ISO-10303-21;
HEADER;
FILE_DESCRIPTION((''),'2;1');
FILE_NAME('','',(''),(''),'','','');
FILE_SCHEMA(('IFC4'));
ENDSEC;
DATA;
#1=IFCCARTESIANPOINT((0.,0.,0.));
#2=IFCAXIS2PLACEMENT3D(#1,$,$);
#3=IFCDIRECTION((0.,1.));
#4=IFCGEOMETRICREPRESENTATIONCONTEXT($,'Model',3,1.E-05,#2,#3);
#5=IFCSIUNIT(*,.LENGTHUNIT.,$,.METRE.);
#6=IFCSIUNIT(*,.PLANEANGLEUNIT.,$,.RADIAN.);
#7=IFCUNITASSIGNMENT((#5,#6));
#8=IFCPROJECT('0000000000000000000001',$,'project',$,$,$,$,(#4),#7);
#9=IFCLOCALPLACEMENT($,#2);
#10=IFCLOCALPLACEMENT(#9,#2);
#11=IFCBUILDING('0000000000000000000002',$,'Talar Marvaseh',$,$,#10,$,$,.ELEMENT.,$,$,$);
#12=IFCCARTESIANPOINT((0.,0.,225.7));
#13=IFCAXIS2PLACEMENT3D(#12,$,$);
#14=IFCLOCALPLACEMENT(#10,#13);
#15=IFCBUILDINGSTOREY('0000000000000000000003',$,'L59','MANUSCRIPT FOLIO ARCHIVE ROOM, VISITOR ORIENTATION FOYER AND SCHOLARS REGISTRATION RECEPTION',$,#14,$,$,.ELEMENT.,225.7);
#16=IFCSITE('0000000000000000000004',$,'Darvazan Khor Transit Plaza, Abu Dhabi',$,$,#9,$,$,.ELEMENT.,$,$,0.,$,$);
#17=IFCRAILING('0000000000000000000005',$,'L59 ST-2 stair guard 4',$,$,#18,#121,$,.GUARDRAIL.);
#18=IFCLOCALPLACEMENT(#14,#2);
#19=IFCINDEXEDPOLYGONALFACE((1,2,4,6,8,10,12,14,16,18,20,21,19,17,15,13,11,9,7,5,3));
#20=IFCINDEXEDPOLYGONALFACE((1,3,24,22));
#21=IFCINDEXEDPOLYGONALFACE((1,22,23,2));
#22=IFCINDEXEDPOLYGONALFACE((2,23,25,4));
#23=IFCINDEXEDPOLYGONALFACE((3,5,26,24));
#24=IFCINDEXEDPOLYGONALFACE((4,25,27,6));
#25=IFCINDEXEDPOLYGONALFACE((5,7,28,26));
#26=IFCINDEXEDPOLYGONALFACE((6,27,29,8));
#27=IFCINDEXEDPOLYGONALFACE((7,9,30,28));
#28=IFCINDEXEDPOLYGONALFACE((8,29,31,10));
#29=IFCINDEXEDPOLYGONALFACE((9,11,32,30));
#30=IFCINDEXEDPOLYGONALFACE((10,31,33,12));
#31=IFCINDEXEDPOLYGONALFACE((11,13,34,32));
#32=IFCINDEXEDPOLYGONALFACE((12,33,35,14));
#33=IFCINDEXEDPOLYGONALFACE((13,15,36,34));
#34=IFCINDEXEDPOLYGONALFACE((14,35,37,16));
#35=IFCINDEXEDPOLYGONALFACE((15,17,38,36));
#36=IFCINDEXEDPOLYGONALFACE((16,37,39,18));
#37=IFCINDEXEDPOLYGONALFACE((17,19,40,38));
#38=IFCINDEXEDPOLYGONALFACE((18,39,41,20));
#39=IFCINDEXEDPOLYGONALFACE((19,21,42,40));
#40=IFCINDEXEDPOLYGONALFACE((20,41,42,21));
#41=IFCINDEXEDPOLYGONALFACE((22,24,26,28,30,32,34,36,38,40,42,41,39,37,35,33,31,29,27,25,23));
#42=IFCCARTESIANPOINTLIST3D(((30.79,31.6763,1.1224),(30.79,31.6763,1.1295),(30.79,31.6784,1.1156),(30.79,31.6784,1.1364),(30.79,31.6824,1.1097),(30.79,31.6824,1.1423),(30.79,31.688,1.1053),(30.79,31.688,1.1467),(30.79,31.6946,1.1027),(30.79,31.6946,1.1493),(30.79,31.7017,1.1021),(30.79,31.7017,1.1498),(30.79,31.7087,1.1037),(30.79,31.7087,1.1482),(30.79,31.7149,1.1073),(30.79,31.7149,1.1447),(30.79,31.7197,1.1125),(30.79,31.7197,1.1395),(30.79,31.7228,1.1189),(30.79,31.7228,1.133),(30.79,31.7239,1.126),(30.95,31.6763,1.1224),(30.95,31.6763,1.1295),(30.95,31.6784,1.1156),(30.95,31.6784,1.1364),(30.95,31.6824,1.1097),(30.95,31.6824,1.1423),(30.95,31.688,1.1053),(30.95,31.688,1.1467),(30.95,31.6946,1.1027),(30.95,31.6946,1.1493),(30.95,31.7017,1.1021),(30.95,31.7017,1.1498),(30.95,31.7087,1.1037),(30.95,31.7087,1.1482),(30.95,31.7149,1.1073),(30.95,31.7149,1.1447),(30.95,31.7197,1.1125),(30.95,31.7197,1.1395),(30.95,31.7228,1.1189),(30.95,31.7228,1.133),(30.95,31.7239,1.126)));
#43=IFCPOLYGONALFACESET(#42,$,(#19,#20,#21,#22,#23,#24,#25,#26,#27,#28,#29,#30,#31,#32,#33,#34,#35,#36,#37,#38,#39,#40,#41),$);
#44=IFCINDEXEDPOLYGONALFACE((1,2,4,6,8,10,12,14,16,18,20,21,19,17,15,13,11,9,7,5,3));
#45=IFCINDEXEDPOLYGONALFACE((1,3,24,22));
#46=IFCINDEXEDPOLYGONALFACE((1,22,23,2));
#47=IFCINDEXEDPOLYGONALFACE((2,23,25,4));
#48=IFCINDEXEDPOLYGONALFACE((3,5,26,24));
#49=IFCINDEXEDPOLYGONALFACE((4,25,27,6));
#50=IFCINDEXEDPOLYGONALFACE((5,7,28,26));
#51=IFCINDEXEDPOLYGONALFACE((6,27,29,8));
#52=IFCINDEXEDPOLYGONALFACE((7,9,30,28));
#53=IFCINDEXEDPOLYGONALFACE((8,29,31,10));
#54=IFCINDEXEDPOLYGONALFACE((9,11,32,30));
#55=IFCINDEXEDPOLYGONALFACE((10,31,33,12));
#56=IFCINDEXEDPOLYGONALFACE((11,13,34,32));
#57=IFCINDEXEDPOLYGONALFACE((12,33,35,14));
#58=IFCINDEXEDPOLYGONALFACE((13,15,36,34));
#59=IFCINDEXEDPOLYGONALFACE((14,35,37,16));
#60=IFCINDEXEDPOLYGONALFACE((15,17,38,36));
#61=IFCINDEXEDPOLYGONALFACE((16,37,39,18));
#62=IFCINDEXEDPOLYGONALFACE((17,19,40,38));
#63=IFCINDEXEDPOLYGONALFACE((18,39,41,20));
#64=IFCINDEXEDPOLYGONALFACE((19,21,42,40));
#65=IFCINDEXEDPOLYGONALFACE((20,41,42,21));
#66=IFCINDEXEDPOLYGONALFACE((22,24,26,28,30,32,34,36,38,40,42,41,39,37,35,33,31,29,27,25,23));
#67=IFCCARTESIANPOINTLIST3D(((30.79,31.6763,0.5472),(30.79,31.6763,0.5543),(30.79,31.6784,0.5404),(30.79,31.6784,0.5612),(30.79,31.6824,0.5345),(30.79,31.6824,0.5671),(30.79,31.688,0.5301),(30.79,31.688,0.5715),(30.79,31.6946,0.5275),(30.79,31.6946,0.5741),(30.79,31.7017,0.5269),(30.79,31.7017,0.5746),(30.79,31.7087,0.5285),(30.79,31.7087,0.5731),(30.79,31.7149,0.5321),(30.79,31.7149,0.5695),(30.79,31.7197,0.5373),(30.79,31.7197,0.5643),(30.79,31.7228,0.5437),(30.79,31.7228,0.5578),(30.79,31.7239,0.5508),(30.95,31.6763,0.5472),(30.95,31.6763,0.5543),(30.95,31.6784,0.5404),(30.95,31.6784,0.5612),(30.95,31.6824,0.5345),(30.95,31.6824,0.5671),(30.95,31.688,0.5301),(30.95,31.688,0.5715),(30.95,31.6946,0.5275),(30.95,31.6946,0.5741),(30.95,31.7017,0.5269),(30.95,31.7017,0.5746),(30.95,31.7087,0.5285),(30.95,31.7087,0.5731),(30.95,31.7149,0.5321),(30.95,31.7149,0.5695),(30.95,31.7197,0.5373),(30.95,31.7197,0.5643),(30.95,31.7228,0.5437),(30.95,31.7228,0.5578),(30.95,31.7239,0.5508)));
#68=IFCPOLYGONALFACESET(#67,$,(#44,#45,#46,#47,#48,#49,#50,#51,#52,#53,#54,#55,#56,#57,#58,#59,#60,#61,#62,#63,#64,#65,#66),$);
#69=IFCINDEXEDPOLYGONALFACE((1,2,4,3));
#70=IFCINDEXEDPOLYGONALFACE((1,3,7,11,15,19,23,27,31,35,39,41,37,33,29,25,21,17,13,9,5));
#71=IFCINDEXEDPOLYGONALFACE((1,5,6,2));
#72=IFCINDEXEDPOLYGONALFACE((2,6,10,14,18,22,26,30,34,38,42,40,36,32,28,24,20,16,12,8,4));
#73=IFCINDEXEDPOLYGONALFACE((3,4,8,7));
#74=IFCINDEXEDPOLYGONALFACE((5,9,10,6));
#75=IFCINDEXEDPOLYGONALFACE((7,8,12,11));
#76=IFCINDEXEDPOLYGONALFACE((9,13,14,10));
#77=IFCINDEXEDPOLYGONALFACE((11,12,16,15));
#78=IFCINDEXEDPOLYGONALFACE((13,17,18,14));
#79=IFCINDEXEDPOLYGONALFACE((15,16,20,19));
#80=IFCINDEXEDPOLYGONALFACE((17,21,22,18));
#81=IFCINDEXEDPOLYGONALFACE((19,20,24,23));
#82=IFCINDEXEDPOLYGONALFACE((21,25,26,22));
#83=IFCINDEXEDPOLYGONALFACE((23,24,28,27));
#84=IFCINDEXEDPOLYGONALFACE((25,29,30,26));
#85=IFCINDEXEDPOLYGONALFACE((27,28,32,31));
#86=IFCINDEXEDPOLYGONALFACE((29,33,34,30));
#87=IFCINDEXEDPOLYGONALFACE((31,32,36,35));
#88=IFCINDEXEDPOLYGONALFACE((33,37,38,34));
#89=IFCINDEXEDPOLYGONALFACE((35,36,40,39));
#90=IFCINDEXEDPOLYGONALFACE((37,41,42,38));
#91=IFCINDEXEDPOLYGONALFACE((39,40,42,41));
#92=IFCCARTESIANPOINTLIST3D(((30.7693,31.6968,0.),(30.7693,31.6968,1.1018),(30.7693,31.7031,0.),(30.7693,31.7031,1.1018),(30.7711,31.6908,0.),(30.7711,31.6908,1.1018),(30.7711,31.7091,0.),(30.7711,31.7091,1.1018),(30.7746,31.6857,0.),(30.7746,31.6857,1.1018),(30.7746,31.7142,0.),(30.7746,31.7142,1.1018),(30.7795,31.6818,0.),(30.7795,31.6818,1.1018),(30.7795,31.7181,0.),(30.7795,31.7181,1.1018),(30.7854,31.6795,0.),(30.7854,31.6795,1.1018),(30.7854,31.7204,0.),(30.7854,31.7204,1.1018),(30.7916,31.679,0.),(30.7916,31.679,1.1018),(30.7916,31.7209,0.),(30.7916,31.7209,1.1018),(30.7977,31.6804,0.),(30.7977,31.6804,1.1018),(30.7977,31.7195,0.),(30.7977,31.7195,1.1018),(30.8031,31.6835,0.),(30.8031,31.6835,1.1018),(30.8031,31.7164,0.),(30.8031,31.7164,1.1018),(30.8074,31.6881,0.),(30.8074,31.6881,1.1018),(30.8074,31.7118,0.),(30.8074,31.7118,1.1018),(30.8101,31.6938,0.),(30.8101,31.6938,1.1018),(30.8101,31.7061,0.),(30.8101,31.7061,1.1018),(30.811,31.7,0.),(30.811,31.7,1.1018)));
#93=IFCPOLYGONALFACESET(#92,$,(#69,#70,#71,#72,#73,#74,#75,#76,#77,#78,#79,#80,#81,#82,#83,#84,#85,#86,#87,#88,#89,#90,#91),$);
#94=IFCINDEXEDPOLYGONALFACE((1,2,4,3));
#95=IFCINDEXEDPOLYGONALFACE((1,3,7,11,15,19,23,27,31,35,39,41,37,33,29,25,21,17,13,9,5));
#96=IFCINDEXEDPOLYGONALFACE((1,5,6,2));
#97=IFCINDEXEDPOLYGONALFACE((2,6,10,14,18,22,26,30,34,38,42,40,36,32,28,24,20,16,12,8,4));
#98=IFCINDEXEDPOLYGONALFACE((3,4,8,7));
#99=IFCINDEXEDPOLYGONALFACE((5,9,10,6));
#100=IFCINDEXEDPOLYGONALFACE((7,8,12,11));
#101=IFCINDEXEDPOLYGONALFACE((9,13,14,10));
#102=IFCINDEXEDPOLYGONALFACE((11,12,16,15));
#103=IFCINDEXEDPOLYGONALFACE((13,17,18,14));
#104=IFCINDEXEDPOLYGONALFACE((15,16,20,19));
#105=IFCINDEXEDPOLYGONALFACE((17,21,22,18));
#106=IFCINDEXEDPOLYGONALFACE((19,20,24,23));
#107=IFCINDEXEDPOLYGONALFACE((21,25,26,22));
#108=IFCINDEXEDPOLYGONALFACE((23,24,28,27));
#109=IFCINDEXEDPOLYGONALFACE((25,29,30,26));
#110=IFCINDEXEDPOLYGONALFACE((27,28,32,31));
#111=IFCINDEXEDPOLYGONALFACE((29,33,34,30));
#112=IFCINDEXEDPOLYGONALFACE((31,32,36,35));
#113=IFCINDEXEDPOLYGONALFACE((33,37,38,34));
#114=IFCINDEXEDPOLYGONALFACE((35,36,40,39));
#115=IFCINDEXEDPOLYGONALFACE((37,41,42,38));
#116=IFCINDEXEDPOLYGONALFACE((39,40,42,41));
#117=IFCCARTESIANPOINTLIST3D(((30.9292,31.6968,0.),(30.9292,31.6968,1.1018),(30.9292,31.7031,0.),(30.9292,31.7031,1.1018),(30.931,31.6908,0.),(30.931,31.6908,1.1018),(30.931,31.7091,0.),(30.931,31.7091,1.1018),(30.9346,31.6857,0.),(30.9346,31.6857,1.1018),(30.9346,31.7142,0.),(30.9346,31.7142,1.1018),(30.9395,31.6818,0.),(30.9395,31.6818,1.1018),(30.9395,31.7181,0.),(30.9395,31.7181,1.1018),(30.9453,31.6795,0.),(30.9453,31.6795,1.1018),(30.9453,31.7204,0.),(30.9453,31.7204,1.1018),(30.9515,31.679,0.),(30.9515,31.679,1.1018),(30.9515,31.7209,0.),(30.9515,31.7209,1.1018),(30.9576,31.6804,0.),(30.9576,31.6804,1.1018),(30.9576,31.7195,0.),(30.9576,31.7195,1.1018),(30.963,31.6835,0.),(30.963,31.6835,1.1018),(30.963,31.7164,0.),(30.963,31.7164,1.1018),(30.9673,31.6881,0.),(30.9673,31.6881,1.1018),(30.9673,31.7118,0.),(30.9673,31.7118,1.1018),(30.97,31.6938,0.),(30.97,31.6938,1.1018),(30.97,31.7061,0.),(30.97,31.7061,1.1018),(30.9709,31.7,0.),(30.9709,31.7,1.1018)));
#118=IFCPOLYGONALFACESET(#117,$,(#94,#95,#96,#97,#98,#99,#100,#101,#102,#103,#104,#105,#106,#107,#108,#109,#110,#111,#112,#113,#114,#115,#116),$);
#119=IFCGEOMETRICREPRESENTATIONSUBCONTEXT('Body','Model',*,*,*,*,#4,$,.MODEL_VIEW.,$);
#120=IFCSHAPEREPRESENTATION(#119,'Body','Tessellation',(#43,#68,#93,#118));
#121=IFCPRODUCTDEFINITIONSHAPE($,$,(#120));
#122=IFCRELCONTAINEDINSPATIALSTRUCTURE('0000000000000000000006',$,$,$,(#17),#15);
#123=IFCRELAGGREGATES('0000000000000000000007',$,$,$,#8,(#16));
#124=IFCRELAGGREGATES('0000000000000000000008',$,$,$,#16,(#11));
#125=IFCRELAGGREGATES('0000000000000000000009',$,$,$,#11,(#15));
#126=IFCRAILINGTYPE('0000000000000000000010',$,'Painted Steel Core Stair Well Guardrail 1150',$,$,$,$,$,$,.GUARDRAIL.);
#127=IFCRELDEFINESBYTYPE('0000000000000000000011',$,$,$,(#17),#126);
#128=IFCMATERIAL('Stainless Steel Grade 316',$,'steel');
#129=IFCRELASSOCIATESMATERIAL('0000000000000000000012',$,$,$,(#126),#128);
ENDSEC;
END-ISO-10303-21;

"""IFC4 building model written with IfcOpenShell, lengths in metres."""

from ifc_helpers import new_model, si_unit, direction, frame, origin, origin_2d, place, context, subcontext, project, spatial, circle, extrude, material, type_object, element, save


model = new_model("IFC4")

# Units and contexts
model_context = context("Model", 3, precision=1e-05, world=origin(), true_north=direction((0.0, 1.0)))
body_context = subcontext(model_context, "Body", "Model", "MODEL_VIEW")
ifc_project = project(units=[si_unit("LENGTHUNIT", "METRE"), si_unit("PLANEANGLEUNIT", "RADIAN")], contexts=[model_context])

# Site, building, storey
site_placement = place(None, origin())
site = spatial("IfcSite", under=ifc_project, at=site_placement, Name="Darvazan Khor Transit Plaza, Abu Dhabi", CompositionType="ELEMENT", RefElevation=0.0)
building_placement = place(site_placement, origin())
building = spatial("IfcBuilding", under=site, at=building_placement, Name="Talar Marvaseh", CompositionType="ELEMENT")
storey_placement = place(building_placement, frame((0.0, 0.0, 225.7)))
storey = spatial("IfcBuildingStorey", under=building, at=storey_placement, Name="L59", Description="MANUSCRIPT FOLIO ARCHIVE ROOM, VISITOR ORIENTATION FOYER AND SCHOLARS REGISTRATION RECEPTION", CompositionType="ELEMENT", Elevation=225.7)

# Shared definitions
ifc_material_1 = material(Name="Stainless Steel Grade 316", Category="steel")

# Railing
railing_type_1 = type_object("IfcRailingType", Name="Painted Steel Core Stair Well Guardrail 1150", PredefinedType="GUARDRAIL", material=ifc_material_1)
railing_1_placement = place(storey_placement, frame((30.79, 31.7, 0.0)))
element("IfcRailing", 1, at=railing_1_placement, inside=storey, type_object=railing_type_1, Name="L59 ST-2 stair guard 4", PredefinedType="GUARDRAIL", context=body_context, shape_type="SweptSolid", body=[
    extrude(circle(Radius=0.0239, at=origin_2d()), frame((0.0, 0.0, 1.126), z_axis=(1.0, 0.0, 0.0), x_axis=(0.0, 1.0, 0.0)), (0.0, 0.0, 1.0), 0.1599),
    extrude(circle(Radius=0.0239, at=origin_2d()), frame((0.0, 0.0, 0.5508), z_axis=(1.0, 0.0, 0.0), x_axis=(0.0, 1.0, 0.0)), (0.0, 0.0, 1.0), 0.1599),
    extrude(circle(Radius=0.021, at=origin_2d()), origin(), (0.0, 0.0, 1.0), 1.1018),
    extrude(circle(Radius=0.021, at=origin_2d()), frame((0.1599, 0.0, 0.0)), (0.0, 0.0, 1.0), 1.1018),
])

save(model, "model.ifc")
